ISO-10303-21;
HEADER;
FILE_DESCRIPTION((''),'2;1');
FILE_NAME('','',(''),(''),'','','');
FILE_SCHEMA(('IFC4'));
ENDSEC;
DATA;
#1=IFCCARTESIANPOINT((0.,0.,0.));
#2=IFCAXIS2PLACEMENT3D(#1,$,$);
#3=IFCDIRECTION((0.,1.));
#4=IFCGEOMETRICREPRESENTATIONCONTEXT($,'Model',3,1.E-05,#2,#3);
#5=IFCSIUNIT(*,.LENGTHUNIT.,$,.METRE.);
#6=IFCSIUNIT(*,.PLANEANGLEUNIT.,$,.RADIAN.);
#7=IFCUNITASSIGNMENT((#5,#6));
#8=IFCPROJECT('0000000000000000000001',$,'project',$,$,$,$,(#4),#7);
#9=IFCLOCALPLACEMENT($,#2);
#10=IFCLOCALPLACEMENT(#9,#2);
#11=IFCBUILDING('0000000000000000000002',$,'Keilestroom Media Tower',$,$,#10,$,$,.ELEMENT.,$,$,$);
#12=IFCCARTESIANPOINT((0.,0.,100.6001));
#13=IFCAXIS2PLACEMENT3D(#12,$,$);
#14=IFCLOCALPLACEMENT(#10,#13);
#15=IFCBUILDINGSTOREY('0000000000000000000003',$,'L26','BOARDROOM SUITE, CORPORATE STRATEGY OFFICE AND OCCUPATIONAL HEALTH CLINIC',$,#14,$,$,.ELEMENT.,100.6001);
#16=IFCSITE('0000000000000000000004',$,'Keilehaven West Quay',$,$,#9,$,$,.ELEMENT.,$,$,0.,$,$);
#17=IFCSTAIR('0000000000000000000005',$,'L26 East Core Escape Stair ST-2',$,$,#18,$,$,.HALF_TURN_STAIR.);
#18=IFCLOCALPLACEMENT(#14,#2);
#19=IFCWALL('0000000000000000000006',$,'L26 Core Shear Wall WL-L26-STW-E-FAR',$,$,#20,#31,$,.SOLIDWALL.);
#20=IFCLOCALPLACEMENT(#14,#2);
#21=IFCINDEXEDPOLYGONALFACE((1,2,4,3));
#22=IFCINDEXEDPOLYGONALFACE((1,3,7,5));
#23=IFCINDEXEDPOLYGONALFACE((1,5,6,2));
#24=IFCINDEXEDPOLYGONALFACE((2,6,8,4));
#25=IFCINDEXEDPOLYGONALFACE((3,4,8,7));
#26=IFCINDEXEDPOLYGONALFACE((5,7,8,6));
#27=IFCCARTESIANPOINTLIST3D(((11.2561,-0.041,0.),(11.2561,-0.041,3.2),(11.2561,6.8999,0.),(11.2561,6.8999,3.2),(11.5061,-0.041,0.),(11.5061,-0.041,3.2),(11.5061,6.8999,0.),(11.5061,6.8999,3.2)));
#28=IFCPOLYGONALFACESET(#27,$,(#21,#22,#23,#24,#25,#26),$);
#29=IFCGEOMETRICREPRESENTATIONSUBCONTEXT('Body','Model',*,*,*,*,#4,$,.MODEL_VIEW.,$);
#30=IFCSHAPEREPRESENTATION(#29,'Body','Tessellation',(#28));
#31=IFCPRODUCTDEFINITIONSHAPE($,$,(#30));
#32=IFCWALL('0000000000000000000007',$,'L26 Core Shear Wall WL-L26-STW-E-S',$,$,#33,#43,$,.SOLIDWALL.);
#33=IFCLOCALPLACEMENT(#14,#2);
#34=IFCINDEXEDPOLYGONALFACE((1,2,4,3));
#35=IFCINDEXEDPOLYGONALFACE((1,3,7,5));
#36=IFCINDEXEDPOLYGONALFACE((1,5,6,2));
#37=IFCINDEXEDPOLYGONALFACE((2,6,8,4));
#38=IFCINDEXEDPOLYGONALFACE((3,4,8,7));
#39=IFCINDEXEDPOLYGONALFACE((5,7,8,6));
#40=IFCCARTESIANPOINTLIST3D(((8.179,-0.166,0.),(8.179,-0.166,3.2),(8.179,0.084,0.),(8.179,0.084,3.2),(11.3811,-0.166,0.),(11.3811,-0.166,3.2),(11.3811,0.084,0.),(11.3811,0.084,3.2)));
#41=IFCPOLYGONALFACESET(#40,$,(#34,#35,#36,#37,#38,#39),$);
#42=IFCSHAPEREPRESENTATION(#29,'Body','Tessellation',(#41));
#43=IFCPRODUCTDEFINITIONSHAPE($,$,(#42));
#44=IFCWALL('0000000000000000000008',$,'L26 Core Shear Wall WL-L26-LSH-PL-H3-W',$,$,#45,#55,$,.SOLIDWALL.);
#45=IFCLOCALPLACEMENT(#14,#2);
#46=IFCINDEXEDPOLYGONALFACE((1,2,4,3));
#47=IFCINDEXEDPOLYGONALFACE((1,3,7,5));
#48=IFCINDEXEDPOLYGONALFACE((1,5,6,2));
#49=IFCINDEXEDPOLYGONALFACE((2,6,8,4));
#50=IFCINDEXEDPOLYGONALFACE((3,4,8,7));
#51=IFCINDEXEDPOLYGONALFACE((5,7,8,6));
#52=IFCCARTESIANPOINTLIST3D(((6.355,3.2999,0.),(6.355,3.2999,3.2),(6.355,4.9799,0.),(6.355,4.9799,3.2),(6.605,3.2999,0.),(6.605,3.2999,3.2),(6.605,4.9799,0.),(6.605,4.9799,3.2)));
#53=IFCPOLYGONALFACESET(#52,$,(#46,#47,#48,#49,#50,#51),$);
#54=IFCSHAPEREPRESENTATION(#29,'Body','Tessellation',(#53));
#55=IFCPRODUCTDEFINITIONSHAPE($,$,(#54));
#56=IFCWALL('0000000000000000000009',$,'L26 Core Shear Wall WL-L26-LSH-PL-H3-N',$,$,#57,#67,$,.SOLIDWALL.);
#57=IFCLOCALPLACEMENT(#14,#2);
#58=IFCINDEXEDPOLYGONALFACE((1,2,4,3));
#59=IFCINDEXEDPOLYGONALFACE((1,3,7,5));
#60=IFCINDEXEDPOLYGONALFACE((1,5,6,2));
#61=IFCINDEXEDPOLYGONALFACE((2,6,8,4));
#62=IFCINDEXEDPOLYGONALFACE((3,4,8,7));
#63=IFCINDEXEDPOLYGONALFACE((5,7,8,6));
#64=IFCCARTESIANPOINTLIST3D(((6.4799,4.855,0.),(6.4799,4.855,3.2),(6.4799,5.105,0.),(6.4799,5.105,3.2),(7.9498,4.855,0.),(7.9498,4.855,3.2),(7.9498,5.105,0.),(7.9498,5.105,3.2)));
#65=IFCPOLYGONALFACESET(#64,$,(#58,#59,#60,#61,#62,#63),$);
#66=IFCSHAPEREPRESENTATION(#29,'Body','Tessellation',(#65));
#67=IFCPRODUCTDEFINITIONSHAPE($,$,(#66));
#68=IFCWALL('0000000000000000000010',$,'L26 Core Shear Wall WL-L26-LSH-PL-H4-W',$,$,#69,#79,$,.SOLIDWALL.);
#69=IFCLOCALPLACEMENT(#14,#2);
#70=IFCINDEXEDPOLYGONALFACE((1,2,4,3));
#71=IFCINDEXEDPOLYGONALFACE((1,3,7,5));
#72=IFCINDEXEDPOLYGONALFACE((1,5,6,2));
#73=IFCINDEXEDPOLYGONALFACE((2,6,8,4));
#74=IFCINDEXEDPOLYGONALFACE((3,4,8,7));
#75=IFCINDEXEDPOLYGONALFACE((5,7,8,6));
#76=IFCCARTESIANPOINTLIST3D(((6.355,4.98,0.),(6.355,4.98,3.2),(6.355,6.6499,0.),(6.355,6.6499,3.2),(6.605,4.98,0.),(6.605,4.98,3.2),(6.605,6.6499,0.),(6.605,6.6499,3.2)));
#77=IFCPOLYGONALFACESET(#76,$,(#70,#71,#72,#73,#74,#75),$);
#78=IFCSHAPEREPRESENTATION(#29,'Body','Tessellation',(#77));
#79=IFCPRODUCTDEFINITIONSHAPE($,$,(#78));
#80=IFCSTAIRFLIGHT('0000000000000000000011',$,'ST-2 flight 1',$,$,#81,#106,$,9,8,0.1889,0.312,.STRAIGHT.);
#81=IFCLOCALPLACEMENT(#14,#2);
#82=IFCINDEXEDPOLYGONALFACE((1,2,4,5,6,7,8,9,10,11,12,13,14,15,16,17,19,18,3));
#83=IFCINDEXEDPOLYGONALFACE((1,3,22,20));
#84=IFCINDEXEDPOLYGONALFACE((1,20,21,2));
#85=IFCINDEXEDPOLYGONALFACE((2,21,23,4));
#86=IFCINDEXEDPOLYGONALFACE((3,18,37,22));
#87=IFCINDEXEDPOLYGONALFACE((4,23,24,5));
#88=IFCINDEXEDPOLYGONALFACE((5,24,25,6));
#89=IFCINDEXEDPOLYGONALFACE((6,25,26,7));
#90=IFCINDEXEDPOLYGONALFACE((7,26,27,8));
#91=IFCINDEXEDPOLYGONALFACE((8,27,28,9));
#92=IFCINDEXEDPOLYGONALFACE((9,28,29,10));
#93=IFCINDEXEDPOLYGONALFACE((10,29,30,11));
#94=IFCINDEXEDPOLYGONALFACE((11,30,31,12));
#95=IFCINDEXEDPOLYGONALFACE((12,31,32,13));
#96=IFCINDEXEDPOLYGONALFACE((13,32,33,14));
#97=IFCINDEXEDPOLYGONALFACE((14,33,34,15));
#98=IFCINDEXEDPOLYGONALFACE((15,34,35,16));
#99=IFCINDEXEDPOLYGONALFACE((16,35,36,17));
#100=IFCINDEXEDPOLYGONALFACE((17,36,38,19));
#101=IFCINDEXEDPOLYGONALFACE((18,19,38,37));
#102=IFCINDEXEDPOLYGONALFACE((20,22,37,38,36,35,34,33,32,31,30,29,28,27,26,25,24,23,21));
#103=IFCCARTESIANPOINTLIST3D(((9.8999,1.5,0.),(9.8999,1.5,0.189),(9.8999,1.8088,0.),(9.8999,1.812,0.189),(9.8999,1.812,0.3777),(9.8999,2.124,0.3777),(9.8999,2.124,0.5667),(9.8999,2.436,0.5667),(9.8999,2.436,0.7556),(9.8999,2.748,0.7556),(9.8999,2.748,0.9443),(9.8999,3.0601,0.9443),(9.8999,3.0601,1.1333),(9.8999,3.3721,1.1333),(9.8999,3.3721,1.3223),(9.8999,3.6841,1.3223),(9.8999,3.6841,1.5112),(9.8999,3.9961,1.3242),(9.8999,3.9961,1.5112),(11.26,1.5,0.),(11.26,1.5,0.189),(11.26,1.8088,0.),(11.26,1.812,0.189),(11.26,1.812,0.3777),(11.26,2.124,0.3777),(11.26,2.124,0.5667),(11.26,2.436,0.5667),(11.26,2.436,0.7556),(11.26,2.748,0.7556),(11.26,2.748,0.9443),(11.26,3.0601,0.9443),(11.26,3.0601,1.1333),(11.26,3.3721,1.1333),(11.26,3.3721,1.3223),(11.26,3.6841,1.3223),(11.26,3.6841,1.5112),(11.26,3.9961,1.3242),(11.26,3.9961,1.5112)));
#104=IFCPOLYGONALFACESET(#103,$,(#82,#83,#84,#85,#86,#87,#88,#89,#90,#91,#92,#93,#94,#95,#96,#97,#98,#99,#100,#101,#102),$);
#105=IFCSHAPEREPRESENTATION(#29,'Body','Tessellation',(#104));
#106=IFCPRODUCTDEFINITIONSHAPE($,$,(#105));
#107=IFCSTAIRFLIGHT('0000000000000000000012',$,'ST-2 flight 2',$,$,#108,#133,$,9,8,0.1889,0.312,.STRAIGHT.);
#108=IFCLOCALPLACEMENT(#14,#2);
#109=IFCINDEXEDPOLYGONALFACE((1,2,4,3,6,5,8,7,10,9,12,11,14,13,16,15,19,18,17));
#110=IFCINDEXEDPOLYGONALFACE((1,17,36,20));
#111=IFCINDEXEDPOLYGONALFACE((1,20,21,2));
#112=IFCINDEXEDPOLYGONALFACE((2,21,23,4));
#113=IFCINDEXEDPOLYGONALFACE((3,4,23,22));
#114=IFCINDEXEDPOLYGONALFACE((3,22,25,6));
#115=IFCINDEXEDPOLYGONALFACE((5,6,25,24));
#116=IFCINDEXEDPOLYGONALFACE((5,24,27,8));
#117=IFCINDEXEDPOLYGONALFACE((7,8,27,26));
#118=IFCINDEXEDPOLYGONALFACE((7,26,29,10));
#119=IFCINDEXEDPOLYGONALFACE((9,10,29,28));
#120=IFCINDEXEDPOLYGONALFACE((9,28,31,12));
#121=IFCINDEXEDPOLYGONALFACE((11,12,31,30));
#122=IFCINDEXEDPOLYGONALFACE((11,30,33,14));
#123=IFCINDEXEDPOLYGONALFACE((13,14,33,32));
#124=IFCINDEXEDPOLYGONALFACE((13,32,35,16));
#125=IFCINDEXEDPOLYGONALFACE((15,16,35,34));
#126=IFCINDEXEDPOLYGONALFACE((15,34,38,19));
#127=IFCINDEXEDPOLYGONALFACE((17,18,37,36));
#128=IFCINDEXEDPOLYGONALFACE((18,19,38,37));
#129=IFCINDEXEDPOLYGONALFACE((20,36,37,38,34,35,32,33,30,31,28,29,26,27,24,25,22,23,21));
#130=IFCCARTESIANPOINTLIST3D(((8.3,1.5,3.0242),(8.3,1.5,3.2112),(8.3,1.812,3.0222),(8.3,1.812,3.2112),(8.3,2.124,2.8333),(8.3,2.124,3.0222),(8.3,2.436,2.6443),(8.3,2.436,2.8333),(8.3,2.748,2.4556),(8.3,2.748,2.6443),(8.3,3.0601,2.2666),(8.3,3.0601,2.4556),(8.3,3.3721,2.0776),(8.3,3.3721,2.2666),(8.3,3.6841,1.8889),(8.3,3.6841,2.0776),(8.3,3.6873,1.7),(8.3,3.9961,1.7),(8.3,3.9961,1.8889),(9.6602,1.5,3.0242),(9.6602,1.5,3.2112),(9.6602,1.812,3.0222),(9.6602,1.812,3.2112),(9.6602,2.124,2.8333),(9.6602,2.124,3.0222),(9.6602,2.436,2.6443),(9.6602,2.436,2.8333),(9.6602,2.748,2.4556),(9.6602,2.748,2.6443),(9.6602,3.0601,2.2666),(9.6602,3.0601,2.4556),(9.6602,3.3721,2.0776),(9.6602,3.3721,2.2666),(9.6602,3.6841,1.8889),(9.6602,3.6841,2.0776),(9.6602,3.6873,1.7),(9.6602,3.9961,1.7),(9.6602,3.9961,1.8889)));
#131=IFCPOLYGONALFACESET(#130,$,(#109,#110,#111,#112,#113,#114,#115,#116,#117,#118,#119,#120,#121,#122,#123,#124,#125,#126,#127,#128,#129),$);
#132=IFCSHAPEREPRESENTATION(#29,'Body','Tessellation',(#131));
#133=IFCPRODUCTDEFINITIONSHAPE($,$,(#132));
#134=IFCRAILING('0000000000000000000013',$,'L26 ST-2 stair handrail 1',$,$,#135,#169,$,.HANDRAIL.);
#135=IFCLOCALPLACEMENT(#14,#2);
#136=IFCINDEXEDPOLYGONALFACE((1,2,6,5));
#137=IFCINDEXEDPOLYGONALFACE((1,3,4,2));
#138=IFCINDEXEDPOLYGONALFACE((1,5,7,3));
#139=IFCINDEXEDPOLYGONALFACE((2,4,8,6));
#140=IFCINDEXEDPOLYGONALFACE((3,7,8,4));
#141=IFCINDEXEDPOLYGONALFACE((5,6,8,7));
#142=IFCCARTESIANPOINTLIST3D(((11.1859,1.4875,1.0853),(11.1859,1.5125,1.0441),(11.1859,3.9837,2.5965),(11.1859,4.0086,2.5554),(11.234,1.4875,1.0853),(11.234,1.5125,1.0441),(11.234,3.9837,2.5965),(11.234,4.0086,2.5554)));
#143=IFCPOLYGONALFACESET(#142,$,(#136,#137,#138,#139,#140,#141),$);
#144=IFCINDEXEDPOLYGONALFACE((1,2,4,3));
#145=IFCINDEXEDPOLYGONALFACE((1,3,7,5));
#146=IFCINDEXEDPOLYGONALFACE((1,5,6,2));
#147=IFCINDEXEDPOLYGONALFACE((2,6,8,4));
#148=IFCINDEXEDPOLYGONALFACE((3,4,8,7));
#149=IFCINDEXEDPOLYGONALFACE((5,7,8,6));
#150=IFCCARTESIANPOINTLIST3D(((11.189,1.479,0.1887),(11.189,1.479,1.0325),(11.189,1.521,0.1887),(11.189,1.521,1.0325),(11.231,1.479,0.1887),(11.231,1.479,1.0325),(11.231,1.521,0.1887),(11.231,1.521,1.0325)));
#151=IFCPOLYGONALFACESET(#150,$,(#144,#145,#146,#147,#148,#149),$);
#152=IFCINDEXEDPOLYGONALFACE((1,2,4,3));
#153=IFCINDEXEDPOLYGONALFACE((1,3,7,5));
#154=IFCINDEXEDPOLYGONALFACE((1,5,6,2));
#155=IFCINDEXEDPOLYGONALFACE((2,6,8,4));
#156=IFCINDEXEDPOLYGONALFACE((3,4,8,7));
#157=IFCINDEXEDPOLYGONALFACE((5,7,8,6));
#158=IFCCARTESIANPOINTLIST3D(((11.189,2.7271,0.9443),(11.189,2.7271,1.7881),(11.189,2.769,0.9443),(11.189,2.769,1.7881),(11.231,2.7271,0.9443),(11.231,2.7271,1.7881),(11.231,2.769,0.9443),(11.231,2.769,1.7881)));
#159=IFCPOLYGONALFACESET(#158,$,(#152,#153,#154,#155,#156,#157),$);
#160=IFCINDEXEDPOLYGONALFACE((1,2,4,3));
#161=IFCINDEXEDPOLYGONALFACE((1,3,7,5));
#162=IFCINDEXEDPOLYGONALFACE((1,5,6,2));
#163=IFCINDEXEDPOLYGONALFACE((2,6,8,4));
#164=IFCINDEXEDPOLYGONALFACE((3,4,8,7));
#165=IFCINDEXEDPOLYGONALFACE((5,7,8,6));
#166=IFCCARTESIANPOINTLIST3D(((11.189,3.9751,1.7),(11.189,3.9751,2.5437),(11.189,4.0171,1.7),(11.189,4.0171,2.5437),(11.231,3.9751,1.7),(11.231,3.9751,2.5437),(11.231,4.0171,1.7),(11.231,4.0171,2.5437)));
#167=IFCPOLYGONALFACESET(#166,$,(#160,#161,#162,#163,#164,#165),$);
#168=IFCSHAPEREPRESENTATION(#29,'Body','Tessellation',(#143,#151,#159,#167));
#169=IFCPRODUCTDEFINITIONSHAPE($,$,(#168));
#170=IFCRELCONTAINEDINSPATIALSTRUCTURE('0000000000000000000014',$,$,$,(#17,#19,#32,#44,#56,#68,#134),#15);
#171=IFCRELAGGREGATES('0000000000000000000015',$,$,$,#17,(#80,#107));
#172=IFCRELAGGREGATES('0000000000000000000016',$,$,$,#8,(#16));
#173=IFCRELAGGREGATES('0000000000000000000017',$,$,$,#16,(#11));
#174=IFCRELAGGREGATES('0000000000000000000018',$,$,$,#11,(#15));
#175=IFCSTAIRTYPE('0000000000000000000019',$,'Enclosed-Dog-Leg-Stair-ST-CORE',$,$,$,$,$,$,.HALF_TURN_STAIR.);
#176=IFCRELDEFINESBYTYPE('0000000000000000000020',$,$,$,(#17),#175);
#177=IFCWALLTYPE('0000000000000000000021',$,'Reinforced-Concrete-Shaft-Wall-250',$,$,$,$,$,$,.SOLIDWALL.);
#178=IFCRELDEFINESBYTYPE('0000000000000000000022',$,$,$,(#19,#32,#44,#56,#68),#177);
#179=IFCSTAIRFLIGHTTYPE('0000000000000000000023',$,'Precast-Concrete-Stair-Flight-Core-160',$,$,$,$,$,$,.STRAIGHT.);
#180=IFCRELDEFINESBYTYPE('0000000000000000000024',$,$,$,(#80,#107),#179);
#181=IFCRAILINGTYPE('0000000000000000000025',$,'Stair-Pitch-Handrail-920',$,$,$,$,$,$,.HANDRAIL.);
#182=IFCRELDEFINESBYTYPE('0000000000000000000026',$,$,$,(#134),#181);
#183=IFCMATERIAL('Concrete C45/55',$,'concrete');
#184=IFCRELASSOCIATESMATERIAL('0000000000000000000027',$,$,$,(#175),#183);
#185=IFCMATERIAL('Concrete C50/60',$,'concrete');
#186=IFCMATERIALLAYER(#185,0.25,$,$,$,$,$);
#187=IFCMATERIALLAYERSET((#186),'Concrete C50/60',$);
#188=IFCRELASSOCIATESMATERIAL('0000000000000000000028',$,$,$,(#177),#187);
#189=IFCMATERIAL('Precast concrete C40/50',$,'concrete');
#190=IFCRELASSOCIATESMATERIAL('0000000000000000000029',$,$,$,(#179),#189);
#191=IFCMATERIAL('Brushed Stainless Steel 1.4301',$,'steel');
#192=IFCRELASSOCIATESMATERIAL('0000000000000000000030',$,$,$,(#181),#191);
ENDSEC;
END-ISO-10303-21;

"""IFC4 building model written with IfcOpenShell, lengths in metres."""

from ifc_helpers import new_model, si_unit, direction, frame, frame_2d, origin, origin_2d, place, context, subcontext, project, spatial, polyline, rectangle, outline, extrude, material, layer, layer_set, type_object, element, aggregate, save


model = new_model("IFC4")

# Units and contexts
model_context = context("Model", 3, precision=1e-05, world=origin(), true_north=direction((0.0, 1.0)))
body_context = subcontext(model_context, "Body", "Model", "MODEL_VIEW")
ifc_project = project(units=[si_unit("LENGTHUNIT", "METRE"), si_unit("PLANEANGLEUNIT", "RADIAN")], contexts=[model_context])

# Site, building, storey
site_placement = place(None, origin())
site = spatial("IfcSite", under=ifc_project, at=site_placement, Name="Keilehaven West Quay", CompositionType="ELEMENT", RefElevation=0.0)
building_placement = place(site_placement, origin())
building = spatial("IfcBuilding", under=site, at=building_placement, Name="Keilestroom Media Tower", CompositionType="ELEMENT")
storey_placement = place(building_placement, frame((0.0, 0.0, 100.6001)))
storey = spatial("IfcBuildingStorey", under=building, at=storey_placement, Name="L26", Description="BOARDROOM SUITE, CORPORATE STRATEGY OFFICE AND OCCUPATIONAL HEALTH CLINIC", CompositionType="ELEMENT", Elevation=100.6001)

# Stair
ifc_material_1 = material(Name="Concrete C45/55", Category="concrete")
stair_type = type_object("IfcStairType", Name="Enclosed-Dog-Leg-Stair-ST-CORE", PredefinedType="HALF_TURN_STAIR", material=ifc_material_1)
stair_1_placement = place(storey_placement, origin())
stair_1 = element("IfcStair", 1, at=stair_1_placement, inside=storey, type_object=stair_type, Name="L26 East Core Escape Stair ST-2", PredefinedType="HALF_TURN_STAIR")

# Shared definitions
ifc_material_2 = material(Name="Concrete C50/60", Category="concrete")
ifc_layer_1 = layer(ifc_material_2, 0.25)
ifc_layer_set_1 = layer_set([ifc_layer_1], Name="Concrete C50/60")
wall_type_1 = type_object("IfcWallType", Name="Reinforced-Concrete-Shaft-Wall-250", PredefinedType="SOLIDWALL", material=ifc_layer_set_1)

# Walls
wall_1_placement = place(storey_placement, frame((11.3811, -0.041, 0.0), z_axis=(0.0, 0.0, 1.0), x_axis=(0.0, 1.0, 0.0)))
element("IfcWall", 2, at=wall_1_placement, inside=storey, type_object=wall_type_1, Name="L26 Core Shear Wall WL-L26-STW-E-FAR", PredefinedType="SOLIDWALL", context=body_context, shape_type="SweptSolid", body=[
    extrude(rectangle(XDim=6.9409, YDim=0.25, at=frame_2d((3.4705, 0.0))), origin(), (0.0, 0.0, 1.0), 3.2),
])
wall_2_placement = place(storey_placement, frame((8.179, -0.041, 0.0), z_axis=(0.0, 0.0, 1.0), x_axis=(1.0, 0.0, 0.0)))
element("IfcWall", 3, at=wall_2_placement, inside=storey, type_object=wall_type_1, Name="L26 Core Shear Wall WL-L26-STW-E-S", PredefinedType="SOLIDWALL", context=body_context, shape_type="SweptSolid", body=[
    extrude(rectangle(XDim=3.2021, YDim=0.25, at=frame_2d((1.6011, 0.0))), origin(), (0.0, 0.0, 1.0), 3.2),
])
wall_3_placement = place(storey_placement, frame((6.48, 3.3, 0.0), z_axis=(0.0, 0.0, 1.0), x_axis=(0.0, 1.0, 0.0)))
element("IfcWall", 4, at=wall_3_placement, inside=storey, type_object=wall_type_1, Name="L26 Core Shear Wall WL-L26-LSH-PL-H3-W", PredefinedType="SOLIDWALL", context=body_context, shape_type="SweptSolid", body=[
    extrude(rectangle(XDim=1.6799, YDim=0.25, at=frame_2d((0.8398, 0.0))), origin(), (0.0, 0.0, 1.0), 3.2),
])
wall_4_placement = place(storey_placement, frame((6.48, 4.98, 0.0), z_axis=(0.0, 0.0, 1.0), x_axis=(1.0, 0.0, 0.0)))
element("IfcWall", 5, at=wall_4_placement, inside=storey, type_object=wall_type_1, Name="L26 Core Shear Wall WL-L26-LSH-PL-H3-N", PredefinedType="SOLIDWALL", context=body_context, shape_type="SweptSolid", body=[
    extrude(rectangle(XDim=1.47, YDim=0.25, at=frame_2d((0.7349, 0.0))), origin(), (0.0, 0.0, 1.0), 3.2),
])
wall_5_placement = place(storey_placement, frame((6.48, 4.98, 0.0), z_axis=(0.0, 0.0, 1.0), x_axis=(0.0, 1.0, 0.0)))
element("IfcWall", 6, at=wall_5_placement, inside=storey, type_object=wall_type_1, Name="L26 Core Shear Wall WL-L26-LSH-PL-H4-W", PredefinedType="SOLIDWALL", context=body_context, shape_type="SweptSolid", body=[
    extrude(rectangle(XDim=1.6699, YDim=0.25, at=frame_2d((0.835, 0.0))), origin(), (0.0, 0.0, 1.0), 3.2),
])

# Stair flights
ifc_material_3 = material(Name="Precast concrete C40/50", Category="concrete")
stair_flight_type = type_object("IfcStairFlightType", Name="Precast-Concrete-Stair-Flight-Core-160", PredefinedType="STRAIGHT", material=ifc_material_3)
stair_flight_1_placement = place(storey_placement, frame((10.5801, 1.5, 0.0), z_axis=(0.0, 0.0, 1.0), x_axis=(0.0, 1.0, 0.0)))
stair_flight_1 = element("IfcStairFlight", 7, at=stair_flight_1_placement, type_object=stair_flight_type, Name="ST-2 flight 1", NumberOfRisers=9, NumberOfTreads=8, PredefinedType="STRAIGHT", RiserHeight=0.1889, TreadLength=0.312, context=body_context, shape_type="SweptSolid", body=[
    extrude(outline(polyline([(0.0, 0.0), (0.0, 0.189), (0.312, 0.189), (0.312, 0.3777), (0.624, 0.3777), (0.624, 0.5667), (0.936, 0.5667), (0.936, 0.7556), (1.248, 0.7556), (1.248, 0.9443), (1.5601, 0.9443), (1.5601, 1.1333), (1.8721, 1.1333), (1.8721, 1.3223), (2.1841, 1.3223), (2.1841, 1.5112), (2.4961, 1.5112), (2.4961, 1.7), (2.4961, 1.3242), (0.3088, 0.0), (0.0, 0.0)])), frame((0.0, 0.6802, 0.0), z_axis=(0.0, -1.0, 0.0), x_axis=(1.0, 0.0, 0.0)), (0.0, 0.0, 1.0), 1.3601),
])
stair_flight_2_placement = place(storey_placement, frame((8.98, 3.9961, 1.7), z_axis=(0.0, 0.0, 1.0), x_axis=(0.0, -1.0, 0.0)))
stair_flight_2 = element("IfcStairFlight", 8, at=stair_flight_2_placement, type_object=stair_flight_type, Name="ST-2 flight 2", NumberOfRisers=9, NumberOfTreads=8, PredefinedType="STRAIGHT", RiserHeight=0.1889, TreadLength=0.312, context=body_context, shape_type="SweptSolid", body=[
    extrude(outline(polyline([(0.0, 0.0), (0.0, 0.189), (0.312, 0.189), (0.312, 0.3777), (0.624, 0.3777), (0.624, 0.5667), (0.936, 0.5667), (0.936, 0.7556), (1.248, 0.7556), (1.248, 0.9443), (1.5601, 0.9443), (1.5601, 1.1333), (1.8721, 1.1333), (1.8721, 1.3223), (2.1841, 1.3223), (2.1841, 1.5112), (2.4961, 1.5112), (2.4961, 1.7), (2.4961, 1.3242), (0.3088, 0.0), (0.0, 0.0)])), frame((0.0, 0.6802, 0.0), z_axis=(0.0, -1.0, 0.0), x_axis=(1.0, 0.0, 0.0)), (0.0, 0.0, 1.0), 1.3601),
])
aggregate(stair_1, [stair_flight_1, stair_flight_2])

# Railing
ifc_material_4 = material(Name="Brushed Stainless Steel 1.4301", Category="steel")
railing_type_1 = type_object("IfcRailingType", Name="Stair-Pitch-Handrail-920", PredefinedType="HANDRAIL", material=ifc_material_4)
railing_1_placement = place(storey_placement, frame((11.21, 1.5, 0.1887)))
element("IfcRailing", 9, at=railing_1_placement, inside=storey, type_object=railing_type_1, Name="L26 ST-2 stair handrail 1", PredefinedType="HANDRAIL", context=body_context, shape_type="SweptSolid", body=[
    extrude(rectangle(XDim=0.0481, YDim=0.0481, at=origin_2d()), frame((0.0, 0.0, 0.876), z_axis=(0.0, 0.855434, 0.517912), x_axis=(-1.0, 0.0, 0.0)), (0.0, 0.0, 1.0), 2.918),
    extrude(rectangle(XDim=0.042, YDim=0.042, at=origin_2d()), origin(), (0.0, 0.0, 1.0), 0.8438),
    extrude(rectangle(XDim=0.042, YDim=0.042, at=origin_2d()), frame((0.0, 1.248, 0.7556)), (0.0, 0.0, 1.0), 0.8438),
    extrude(rectangle(XDim=0.042, YDim=0.042, at=origin_2d()), frame((0.0, 2.4961, 1.5112)), (0.0, 0.0, 1.0), 0.8438),
])

save(model, "model.ifc")
